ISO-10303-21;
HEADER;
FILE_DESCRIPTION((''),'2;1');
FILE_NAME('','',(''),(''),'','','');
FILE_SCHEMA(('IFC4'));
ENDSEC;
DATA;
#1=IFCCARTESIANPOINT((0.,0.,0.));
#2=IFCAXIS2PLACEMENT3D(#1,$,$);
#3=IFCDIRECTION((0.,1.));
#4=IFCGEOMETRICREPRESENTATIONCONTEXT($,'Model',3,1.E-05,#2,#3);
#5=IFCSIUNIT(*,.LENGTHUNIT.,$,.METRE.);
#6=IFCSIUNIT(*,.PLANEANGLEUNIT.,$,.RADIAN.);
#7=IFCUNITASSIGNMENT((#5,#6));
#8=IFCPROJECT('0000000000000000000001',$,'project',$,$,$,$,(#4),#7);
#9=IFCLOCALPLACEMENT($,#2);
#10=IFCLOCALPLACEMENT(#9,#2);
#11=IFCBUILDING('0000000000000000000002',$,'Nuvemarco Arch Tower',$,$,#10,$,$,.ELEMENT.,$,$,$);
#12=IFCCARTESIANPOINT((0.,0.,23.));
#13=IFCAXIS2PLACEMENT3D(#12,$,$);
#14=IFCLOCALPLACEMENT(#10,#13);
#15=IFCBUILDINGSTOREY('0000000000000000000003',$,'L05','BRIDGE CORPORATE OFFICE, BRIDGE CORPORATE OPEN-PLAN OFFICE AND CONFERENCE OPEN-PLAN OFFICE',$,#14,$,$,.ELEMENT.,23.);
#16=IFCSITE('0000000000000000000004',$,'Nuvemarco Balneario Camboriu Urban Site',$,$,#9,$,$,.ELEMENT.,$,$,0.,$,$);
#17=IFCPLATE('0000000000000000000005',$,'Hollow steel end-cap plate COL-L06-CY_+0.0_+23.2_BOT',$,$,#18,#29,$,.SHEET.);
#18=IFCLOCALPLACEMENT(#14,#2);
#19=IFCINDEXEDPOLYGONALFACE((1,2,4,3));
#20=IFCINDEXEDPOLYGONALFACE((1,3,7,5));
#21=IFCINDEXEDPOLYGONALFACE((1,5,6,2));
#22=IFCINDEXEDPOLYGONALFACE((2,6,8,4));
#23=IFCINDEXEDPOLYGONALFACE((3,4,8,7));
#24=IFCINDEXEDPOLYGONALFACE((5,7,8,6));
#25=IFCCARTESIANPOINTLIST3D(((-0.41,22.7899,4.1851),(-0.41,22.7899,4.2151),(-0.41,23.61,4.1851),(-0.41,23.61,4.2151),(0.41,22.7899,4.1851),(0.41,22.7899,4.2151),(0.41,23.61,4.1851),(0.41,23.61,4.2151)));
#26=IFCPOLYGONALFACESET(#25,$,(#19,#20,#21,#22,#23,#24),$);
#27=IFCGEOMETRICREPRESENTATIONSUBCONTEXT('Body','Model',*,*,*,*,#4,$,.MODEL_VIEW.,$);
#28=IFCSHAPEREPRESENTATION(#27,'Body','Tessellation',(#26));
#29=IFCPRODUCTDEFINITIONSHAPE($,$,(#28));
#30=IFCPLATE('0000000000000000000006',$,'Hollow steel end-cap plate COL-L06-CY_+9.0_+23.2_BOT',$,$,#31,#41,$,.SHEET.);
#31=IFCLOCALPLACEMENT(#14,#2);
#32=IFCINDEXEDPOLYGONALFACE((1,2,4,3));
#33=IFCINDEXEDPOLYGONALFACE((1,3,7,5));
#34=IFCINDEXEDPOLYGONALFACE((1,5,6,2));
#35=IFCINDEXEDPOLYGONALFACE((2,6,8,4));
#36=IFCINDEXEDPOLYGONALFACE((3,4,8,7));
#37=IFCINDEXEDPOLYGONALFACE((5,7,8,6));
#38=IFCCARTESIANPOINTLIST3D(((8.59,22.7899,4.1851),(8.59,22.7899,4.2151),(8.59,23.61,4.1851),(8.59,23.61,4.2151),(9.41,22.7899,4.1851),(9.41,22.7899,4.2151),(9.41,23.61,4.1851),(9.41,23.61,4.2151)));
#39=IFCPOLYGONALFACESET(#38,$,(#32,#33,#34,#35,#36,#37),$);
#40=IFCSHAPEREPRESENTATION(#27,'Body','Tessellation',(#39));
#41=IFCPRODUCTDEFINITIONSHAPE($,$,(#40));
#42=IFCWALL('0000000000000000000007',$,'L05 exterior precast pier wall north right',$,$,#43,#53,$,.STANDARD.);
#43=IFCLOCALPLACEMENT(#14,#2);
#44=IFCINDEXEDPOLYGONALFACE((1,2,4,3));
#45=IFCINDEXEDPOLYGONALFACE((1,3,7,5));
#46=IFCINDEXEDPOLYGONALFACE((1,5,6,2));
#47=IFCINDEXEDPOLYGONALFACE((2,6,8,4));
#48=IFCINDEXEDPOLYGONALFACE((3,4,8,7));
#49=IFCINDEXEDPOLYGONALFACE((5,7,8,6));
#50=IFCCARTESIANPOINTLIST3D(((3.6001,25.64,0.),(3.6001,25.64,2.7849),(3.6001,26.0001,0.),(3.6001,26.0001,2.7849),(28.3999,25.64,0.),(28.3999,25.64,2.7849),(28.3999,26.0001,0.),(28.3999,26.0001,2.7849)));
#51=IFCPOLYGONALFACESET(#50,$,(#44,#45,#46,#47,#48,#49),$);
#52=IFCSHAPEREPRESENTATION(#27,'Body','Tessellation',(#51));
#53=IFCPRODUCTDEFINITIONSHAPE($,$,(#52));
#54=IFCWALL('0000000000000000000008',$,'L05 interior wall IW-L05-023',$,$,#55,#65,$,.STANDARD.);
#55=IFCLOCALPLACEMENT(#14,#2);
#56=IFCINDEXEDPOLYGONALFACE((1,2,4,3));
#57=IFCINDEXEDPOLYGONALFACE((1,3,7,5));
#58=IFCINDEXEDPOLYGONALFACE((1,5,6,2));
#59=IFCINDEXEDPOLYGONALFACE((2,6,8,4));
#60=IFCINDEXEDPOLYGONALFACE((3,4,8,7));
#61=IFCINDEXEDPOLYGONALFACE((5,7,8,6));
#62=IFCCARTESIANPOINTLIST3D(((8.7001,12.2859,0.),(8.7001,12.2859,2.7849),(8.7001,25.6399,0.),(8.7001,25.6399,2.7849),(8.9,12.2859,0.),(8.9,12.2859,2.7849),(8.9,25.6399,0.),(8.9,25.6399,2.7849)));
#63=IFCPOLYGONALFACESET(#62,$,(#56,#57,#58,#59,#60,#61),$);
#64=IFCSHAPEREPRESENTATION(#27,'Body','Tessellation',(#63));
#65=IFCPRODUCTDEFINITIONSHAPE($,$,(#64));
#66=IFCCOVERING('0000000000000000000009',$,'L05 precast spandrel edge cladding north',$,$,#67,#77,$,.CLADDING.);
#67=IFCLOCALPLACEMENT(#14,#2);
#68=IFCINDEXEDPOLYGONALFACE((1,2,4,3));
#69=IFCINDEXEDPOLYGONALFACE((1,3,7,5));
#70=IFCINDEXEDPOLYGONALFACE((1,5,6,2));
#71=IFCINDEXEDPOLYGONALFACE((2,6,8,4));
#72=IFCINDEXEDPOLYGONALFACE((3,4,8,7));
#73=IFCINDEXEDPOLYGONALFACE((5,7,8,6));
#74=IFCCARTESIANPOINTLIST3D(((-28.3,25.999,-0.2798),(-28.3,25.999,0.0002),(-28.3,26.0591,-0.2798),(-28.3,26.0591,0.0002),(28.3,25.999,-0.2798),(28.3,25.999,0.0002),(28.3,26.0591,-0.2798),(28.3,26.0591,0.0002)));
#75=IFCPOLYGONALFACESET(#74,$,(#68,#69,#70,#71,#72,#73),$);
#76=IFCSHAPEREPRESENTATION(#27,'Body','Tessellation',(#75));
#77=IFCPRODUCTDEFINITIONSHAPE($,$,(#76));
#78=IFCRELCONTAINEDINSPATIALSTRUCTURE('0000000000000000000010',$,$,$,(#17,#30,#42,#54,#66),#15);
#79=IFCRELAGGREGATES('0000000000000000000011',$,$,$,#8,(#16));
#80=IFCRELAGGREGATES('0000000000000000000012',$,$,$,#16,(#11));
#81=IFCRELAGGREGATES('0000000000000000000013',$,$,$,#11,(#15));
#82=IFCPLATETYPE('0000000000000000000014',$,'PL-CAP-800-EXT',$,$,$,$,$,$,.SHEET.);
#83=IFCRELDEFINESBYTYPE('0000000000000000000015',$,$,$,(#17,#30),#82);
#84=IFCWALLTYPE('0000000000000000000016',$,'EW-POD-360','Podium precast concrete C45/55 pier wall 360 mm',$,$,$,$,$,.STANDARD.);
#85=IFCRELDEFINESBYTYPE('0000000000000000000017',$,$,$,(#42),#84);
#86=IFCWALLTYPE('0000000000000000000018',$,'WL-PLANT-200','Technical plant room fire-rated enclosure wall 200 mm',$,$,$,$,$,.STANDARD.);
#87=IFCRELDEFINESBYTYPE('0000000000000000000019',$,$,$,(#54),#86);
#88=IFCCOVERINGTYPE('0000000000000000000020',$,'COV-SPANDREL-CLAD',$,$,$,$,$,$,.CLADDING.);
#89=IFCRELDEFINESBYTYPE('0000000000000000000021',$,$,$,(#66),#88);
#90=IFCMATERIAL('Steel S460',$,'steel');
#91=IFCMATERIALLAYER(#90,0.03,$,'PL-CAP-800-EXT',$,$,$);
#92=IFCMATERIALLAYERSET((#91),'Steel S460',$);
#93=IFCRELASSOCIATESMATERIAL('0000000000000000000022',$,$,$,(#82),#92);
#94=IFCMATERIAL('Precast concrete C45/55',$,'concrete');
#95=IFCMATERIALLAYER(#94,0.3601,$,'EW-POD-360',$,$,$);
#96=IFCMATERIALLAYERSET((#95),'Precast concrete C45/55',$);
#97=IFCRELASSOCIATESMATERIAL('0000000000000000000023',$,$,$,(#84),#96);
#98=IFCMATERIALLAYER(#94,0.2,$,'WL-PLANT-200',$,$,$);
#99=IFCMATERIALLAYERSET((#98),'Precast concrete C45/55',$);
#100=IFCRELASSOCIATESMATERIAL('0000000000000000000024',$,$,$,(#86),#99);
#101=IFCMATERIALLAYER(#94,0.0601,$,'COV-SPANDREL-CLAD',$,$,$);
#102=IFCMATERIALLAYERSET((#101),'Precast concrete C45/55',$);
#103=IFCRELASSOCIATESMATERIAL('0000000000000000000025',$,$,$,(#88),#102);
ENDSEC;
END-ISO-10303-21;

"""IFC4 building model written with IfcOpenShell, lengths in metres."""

from ifc_helpers import new_model, si_unit, direction, frame, frame_2d, origin, origin_2d, place, context, subcontext, project, spatial, rectangle, extrude, source, transform, mapped, material, layer, layer_set, type_object, type_shapes, element, save


model = new_model("IFC4")

# Units and contexts
model_context = context("Model", 3, precision=1e-05, world=origin(), true_north=direction((0.0, 1.0)))
body_context = subcontext(model_context, "Body", "Model", "MODEL_VIEW")
ifc_project = project(units=[si_unit("LENGTHUNIT", "METRE"), si_unit("PLANEANGLEUNIT", "RADIAN")], contexts=[model_context])

# Site, building, storey
site_placement = place(None, origin())
site = spatial("IfcSite", under=ifc_project, at=site_placement, Name="Nuvemarco Balneario Camboriu Urban Site", CompositionType="ELEMENT", RefElevation=0.0)
building_placement = place(site_placement, origin())
building = spatial("IfcBuilding", under=site, at=building_placement, Name="Nuvemarco Arch Tower", CompositionType="ELEMENT")
storey_placement = place(building_placement, frame((0.0, 0.0, 23.0)))
storey = spatial("IfcBuildingStorey", under=building, at=storey_placement, Name="L05", Description="BRIDGE CORPORATE OFFICE, BRIDGE CORPORATE OPEN-PLAN OFFICE AND CONFERENCE OPEN-PLAN OFFICE", CompositionType="ELEMENT", Elevation=23.0)

# Shared definitions
ifc_material_1 = material(Name="Precast concrete C45/55", Category="concrete")

# Plates
ifc_material_2 = material(Name="Steel S460", Category="steel")
ifc_layer_1 = layer(ifc_material_2, 0.03, Name="PL-CAP-800-EXT")
ifc_layer_set_1 = layer_set([ifc_layer_1], Name="Steel S460")
plate_type_1 = type_object("IfcPlateType", Name="PL-CAP-800-EXT", PredefinedType="SHEET", material=ifc_layer_set_1)
shared_shape_1 = source(origin(), body_context, "Body", "SweptSolid", [
    extrude(rectangle(XDim=0.8201, YDim=0.8201, at=origin_2d()), origin(), (0.0, 0.0, 1.0), 0.03),
])
type_shapes(plate_type_1, [shared_shape_1])
for number, where, z_axis, x_axis, name in (
    (1, (0.0, 23.2, 4.1851), (0.0, 0.0, 1.0), (1.0, 0.0, 0.0), "Hollow steel end-cap plate COL-L06-CY_+0.0_+23.2_BOT"),
    (2, (9.0, 23.2, 4.1851), (0.0, 0.0, 1.0), (1.0, 0.0, 0.0), "Hollow steel end-cap plate COL-L06-CY_+9.0_+23.2_BOT"),
):
    element("IfcPlate", number, at=place(storey_placement, frame(where, z_axis=z_axis, x_axis=x_axis)), inside=storey, type_object=plate_type_1, Name=name, PredefinedType="SHEET", context=body_context, shape_type="MappedRepresentation", body=[
        mapped(shared_shape_1, transform((0.0, 0.0, 0.0), scale=1.0)),
    ])

# Walls
ifc_layer_2 = layer(ifc_material_1, 0.3601, Name="EW-POD-360")
ifc_layer_set_2 = layer_set([ifc_layer_2], Name="Precast concrete C45/55")
wall_type_1 = type_object("IfcWallType", Name="EW-POD-360", Description="Podium precast concrete C45/55 pier wall 360 mm", PredefinedType="STANDARD", material=ifc_layer_set_2)
wall_1_placement = place(storey_placement, frame((3.6001, 25.8201, 0.0), z_axis=(0.0, 0.0, 1.0), x_axis=(1.0, 0.0, 0.0)))
element("IfcWall", 3, at=wall_1_placement, inside=storey, type_object=wall_type_1, Name="L05 exterior precast pier wall north right", PredefinedType="STANDARD", context=body_context, shape_type="SweptSolid", body=[
    extrude(rectangle(XDim=24.7998, YDim=0.3601, at=frame_2d((12.3999, 0.0))), origin(), (0.0, 0.0, 1.0), 2.7849),
])
ifc_layer_3 = layer(ifc_material_1, 0.2, Name="WL-PLANT-200")
ifc_layer_set_3 = layer_set([ifc_layer_3], Name="Precast concrete C45/55")
wall_type_2 = type_object("IfcWallType", Name="WL-PLANT-200", Description="Technical plant room fire-rated enclosure wall 200 mm", PredefinedType="STANDARD", material=ifc_layer_set_3)
wall_2_placement = place(storey_placement, frame((8.8, 12.2859, 0.0), z_axis=(0.0, 0.0, 1.0), x_axis=(0.0, 1.0, 0.0)))
element("IfcWall", 4, at=wall_2_placement, inside=storey, type_object=wall_type_2, Name="L05 interior wall IW-L05-023", PredefinedType="STANDARD", context=body_context, shape_type="SweptSolid", body=[
    extrude(rectangle(XDim=13.354, YDim=0.2, at=frame_2d((6.677, 0.0))), origin(), (0.0, 0.0, 1.0), 2.7849),
])

# Covering
ifc_layer_4 = layer(ifc_material_1, 0.0601, Name="COV-SPANDREL-CLAD")
ifc_layer_set_4 = layer_set([ifc_layer_4], Name="Precast concrete C45/55")
covering_type = type_object("IfcCoveringType", Name="COV-SPANDREL-CLAD", PredefinedType="CLADDING", material=ifc_layer_set_4)
shared_shape_2 = source(origin(), body_context, "Body", "SweptSolid", [
    extrude(rectangle(XDim=56.6001, YDim=0.0601, at=origin_2d()), origin(), (0.0, 0.0, 1.0), 0.28),
])
type_shapes(covering_type, [shared_shape_2])
covering_placement = place(storey_placement, frame((0.0, 26.0291, -0.2798), z_axis=(0.0, 0.0, 1.0), x_axis=(1.0, 0.0, 0.0)))
element("IfcCovering", 5, at=covering_placement, inside=storey, type_object=covering_type, Name="L05 precast spandrel edge cladding north", PredefinedType="CLADDING", context=body_context, shape_type="MappedRepresentation", body=[
    mapped(shared_shape_2, transform((0.0, 0.0, 0.0), scale=1.0)),
])

save(model, "model.ifc")
